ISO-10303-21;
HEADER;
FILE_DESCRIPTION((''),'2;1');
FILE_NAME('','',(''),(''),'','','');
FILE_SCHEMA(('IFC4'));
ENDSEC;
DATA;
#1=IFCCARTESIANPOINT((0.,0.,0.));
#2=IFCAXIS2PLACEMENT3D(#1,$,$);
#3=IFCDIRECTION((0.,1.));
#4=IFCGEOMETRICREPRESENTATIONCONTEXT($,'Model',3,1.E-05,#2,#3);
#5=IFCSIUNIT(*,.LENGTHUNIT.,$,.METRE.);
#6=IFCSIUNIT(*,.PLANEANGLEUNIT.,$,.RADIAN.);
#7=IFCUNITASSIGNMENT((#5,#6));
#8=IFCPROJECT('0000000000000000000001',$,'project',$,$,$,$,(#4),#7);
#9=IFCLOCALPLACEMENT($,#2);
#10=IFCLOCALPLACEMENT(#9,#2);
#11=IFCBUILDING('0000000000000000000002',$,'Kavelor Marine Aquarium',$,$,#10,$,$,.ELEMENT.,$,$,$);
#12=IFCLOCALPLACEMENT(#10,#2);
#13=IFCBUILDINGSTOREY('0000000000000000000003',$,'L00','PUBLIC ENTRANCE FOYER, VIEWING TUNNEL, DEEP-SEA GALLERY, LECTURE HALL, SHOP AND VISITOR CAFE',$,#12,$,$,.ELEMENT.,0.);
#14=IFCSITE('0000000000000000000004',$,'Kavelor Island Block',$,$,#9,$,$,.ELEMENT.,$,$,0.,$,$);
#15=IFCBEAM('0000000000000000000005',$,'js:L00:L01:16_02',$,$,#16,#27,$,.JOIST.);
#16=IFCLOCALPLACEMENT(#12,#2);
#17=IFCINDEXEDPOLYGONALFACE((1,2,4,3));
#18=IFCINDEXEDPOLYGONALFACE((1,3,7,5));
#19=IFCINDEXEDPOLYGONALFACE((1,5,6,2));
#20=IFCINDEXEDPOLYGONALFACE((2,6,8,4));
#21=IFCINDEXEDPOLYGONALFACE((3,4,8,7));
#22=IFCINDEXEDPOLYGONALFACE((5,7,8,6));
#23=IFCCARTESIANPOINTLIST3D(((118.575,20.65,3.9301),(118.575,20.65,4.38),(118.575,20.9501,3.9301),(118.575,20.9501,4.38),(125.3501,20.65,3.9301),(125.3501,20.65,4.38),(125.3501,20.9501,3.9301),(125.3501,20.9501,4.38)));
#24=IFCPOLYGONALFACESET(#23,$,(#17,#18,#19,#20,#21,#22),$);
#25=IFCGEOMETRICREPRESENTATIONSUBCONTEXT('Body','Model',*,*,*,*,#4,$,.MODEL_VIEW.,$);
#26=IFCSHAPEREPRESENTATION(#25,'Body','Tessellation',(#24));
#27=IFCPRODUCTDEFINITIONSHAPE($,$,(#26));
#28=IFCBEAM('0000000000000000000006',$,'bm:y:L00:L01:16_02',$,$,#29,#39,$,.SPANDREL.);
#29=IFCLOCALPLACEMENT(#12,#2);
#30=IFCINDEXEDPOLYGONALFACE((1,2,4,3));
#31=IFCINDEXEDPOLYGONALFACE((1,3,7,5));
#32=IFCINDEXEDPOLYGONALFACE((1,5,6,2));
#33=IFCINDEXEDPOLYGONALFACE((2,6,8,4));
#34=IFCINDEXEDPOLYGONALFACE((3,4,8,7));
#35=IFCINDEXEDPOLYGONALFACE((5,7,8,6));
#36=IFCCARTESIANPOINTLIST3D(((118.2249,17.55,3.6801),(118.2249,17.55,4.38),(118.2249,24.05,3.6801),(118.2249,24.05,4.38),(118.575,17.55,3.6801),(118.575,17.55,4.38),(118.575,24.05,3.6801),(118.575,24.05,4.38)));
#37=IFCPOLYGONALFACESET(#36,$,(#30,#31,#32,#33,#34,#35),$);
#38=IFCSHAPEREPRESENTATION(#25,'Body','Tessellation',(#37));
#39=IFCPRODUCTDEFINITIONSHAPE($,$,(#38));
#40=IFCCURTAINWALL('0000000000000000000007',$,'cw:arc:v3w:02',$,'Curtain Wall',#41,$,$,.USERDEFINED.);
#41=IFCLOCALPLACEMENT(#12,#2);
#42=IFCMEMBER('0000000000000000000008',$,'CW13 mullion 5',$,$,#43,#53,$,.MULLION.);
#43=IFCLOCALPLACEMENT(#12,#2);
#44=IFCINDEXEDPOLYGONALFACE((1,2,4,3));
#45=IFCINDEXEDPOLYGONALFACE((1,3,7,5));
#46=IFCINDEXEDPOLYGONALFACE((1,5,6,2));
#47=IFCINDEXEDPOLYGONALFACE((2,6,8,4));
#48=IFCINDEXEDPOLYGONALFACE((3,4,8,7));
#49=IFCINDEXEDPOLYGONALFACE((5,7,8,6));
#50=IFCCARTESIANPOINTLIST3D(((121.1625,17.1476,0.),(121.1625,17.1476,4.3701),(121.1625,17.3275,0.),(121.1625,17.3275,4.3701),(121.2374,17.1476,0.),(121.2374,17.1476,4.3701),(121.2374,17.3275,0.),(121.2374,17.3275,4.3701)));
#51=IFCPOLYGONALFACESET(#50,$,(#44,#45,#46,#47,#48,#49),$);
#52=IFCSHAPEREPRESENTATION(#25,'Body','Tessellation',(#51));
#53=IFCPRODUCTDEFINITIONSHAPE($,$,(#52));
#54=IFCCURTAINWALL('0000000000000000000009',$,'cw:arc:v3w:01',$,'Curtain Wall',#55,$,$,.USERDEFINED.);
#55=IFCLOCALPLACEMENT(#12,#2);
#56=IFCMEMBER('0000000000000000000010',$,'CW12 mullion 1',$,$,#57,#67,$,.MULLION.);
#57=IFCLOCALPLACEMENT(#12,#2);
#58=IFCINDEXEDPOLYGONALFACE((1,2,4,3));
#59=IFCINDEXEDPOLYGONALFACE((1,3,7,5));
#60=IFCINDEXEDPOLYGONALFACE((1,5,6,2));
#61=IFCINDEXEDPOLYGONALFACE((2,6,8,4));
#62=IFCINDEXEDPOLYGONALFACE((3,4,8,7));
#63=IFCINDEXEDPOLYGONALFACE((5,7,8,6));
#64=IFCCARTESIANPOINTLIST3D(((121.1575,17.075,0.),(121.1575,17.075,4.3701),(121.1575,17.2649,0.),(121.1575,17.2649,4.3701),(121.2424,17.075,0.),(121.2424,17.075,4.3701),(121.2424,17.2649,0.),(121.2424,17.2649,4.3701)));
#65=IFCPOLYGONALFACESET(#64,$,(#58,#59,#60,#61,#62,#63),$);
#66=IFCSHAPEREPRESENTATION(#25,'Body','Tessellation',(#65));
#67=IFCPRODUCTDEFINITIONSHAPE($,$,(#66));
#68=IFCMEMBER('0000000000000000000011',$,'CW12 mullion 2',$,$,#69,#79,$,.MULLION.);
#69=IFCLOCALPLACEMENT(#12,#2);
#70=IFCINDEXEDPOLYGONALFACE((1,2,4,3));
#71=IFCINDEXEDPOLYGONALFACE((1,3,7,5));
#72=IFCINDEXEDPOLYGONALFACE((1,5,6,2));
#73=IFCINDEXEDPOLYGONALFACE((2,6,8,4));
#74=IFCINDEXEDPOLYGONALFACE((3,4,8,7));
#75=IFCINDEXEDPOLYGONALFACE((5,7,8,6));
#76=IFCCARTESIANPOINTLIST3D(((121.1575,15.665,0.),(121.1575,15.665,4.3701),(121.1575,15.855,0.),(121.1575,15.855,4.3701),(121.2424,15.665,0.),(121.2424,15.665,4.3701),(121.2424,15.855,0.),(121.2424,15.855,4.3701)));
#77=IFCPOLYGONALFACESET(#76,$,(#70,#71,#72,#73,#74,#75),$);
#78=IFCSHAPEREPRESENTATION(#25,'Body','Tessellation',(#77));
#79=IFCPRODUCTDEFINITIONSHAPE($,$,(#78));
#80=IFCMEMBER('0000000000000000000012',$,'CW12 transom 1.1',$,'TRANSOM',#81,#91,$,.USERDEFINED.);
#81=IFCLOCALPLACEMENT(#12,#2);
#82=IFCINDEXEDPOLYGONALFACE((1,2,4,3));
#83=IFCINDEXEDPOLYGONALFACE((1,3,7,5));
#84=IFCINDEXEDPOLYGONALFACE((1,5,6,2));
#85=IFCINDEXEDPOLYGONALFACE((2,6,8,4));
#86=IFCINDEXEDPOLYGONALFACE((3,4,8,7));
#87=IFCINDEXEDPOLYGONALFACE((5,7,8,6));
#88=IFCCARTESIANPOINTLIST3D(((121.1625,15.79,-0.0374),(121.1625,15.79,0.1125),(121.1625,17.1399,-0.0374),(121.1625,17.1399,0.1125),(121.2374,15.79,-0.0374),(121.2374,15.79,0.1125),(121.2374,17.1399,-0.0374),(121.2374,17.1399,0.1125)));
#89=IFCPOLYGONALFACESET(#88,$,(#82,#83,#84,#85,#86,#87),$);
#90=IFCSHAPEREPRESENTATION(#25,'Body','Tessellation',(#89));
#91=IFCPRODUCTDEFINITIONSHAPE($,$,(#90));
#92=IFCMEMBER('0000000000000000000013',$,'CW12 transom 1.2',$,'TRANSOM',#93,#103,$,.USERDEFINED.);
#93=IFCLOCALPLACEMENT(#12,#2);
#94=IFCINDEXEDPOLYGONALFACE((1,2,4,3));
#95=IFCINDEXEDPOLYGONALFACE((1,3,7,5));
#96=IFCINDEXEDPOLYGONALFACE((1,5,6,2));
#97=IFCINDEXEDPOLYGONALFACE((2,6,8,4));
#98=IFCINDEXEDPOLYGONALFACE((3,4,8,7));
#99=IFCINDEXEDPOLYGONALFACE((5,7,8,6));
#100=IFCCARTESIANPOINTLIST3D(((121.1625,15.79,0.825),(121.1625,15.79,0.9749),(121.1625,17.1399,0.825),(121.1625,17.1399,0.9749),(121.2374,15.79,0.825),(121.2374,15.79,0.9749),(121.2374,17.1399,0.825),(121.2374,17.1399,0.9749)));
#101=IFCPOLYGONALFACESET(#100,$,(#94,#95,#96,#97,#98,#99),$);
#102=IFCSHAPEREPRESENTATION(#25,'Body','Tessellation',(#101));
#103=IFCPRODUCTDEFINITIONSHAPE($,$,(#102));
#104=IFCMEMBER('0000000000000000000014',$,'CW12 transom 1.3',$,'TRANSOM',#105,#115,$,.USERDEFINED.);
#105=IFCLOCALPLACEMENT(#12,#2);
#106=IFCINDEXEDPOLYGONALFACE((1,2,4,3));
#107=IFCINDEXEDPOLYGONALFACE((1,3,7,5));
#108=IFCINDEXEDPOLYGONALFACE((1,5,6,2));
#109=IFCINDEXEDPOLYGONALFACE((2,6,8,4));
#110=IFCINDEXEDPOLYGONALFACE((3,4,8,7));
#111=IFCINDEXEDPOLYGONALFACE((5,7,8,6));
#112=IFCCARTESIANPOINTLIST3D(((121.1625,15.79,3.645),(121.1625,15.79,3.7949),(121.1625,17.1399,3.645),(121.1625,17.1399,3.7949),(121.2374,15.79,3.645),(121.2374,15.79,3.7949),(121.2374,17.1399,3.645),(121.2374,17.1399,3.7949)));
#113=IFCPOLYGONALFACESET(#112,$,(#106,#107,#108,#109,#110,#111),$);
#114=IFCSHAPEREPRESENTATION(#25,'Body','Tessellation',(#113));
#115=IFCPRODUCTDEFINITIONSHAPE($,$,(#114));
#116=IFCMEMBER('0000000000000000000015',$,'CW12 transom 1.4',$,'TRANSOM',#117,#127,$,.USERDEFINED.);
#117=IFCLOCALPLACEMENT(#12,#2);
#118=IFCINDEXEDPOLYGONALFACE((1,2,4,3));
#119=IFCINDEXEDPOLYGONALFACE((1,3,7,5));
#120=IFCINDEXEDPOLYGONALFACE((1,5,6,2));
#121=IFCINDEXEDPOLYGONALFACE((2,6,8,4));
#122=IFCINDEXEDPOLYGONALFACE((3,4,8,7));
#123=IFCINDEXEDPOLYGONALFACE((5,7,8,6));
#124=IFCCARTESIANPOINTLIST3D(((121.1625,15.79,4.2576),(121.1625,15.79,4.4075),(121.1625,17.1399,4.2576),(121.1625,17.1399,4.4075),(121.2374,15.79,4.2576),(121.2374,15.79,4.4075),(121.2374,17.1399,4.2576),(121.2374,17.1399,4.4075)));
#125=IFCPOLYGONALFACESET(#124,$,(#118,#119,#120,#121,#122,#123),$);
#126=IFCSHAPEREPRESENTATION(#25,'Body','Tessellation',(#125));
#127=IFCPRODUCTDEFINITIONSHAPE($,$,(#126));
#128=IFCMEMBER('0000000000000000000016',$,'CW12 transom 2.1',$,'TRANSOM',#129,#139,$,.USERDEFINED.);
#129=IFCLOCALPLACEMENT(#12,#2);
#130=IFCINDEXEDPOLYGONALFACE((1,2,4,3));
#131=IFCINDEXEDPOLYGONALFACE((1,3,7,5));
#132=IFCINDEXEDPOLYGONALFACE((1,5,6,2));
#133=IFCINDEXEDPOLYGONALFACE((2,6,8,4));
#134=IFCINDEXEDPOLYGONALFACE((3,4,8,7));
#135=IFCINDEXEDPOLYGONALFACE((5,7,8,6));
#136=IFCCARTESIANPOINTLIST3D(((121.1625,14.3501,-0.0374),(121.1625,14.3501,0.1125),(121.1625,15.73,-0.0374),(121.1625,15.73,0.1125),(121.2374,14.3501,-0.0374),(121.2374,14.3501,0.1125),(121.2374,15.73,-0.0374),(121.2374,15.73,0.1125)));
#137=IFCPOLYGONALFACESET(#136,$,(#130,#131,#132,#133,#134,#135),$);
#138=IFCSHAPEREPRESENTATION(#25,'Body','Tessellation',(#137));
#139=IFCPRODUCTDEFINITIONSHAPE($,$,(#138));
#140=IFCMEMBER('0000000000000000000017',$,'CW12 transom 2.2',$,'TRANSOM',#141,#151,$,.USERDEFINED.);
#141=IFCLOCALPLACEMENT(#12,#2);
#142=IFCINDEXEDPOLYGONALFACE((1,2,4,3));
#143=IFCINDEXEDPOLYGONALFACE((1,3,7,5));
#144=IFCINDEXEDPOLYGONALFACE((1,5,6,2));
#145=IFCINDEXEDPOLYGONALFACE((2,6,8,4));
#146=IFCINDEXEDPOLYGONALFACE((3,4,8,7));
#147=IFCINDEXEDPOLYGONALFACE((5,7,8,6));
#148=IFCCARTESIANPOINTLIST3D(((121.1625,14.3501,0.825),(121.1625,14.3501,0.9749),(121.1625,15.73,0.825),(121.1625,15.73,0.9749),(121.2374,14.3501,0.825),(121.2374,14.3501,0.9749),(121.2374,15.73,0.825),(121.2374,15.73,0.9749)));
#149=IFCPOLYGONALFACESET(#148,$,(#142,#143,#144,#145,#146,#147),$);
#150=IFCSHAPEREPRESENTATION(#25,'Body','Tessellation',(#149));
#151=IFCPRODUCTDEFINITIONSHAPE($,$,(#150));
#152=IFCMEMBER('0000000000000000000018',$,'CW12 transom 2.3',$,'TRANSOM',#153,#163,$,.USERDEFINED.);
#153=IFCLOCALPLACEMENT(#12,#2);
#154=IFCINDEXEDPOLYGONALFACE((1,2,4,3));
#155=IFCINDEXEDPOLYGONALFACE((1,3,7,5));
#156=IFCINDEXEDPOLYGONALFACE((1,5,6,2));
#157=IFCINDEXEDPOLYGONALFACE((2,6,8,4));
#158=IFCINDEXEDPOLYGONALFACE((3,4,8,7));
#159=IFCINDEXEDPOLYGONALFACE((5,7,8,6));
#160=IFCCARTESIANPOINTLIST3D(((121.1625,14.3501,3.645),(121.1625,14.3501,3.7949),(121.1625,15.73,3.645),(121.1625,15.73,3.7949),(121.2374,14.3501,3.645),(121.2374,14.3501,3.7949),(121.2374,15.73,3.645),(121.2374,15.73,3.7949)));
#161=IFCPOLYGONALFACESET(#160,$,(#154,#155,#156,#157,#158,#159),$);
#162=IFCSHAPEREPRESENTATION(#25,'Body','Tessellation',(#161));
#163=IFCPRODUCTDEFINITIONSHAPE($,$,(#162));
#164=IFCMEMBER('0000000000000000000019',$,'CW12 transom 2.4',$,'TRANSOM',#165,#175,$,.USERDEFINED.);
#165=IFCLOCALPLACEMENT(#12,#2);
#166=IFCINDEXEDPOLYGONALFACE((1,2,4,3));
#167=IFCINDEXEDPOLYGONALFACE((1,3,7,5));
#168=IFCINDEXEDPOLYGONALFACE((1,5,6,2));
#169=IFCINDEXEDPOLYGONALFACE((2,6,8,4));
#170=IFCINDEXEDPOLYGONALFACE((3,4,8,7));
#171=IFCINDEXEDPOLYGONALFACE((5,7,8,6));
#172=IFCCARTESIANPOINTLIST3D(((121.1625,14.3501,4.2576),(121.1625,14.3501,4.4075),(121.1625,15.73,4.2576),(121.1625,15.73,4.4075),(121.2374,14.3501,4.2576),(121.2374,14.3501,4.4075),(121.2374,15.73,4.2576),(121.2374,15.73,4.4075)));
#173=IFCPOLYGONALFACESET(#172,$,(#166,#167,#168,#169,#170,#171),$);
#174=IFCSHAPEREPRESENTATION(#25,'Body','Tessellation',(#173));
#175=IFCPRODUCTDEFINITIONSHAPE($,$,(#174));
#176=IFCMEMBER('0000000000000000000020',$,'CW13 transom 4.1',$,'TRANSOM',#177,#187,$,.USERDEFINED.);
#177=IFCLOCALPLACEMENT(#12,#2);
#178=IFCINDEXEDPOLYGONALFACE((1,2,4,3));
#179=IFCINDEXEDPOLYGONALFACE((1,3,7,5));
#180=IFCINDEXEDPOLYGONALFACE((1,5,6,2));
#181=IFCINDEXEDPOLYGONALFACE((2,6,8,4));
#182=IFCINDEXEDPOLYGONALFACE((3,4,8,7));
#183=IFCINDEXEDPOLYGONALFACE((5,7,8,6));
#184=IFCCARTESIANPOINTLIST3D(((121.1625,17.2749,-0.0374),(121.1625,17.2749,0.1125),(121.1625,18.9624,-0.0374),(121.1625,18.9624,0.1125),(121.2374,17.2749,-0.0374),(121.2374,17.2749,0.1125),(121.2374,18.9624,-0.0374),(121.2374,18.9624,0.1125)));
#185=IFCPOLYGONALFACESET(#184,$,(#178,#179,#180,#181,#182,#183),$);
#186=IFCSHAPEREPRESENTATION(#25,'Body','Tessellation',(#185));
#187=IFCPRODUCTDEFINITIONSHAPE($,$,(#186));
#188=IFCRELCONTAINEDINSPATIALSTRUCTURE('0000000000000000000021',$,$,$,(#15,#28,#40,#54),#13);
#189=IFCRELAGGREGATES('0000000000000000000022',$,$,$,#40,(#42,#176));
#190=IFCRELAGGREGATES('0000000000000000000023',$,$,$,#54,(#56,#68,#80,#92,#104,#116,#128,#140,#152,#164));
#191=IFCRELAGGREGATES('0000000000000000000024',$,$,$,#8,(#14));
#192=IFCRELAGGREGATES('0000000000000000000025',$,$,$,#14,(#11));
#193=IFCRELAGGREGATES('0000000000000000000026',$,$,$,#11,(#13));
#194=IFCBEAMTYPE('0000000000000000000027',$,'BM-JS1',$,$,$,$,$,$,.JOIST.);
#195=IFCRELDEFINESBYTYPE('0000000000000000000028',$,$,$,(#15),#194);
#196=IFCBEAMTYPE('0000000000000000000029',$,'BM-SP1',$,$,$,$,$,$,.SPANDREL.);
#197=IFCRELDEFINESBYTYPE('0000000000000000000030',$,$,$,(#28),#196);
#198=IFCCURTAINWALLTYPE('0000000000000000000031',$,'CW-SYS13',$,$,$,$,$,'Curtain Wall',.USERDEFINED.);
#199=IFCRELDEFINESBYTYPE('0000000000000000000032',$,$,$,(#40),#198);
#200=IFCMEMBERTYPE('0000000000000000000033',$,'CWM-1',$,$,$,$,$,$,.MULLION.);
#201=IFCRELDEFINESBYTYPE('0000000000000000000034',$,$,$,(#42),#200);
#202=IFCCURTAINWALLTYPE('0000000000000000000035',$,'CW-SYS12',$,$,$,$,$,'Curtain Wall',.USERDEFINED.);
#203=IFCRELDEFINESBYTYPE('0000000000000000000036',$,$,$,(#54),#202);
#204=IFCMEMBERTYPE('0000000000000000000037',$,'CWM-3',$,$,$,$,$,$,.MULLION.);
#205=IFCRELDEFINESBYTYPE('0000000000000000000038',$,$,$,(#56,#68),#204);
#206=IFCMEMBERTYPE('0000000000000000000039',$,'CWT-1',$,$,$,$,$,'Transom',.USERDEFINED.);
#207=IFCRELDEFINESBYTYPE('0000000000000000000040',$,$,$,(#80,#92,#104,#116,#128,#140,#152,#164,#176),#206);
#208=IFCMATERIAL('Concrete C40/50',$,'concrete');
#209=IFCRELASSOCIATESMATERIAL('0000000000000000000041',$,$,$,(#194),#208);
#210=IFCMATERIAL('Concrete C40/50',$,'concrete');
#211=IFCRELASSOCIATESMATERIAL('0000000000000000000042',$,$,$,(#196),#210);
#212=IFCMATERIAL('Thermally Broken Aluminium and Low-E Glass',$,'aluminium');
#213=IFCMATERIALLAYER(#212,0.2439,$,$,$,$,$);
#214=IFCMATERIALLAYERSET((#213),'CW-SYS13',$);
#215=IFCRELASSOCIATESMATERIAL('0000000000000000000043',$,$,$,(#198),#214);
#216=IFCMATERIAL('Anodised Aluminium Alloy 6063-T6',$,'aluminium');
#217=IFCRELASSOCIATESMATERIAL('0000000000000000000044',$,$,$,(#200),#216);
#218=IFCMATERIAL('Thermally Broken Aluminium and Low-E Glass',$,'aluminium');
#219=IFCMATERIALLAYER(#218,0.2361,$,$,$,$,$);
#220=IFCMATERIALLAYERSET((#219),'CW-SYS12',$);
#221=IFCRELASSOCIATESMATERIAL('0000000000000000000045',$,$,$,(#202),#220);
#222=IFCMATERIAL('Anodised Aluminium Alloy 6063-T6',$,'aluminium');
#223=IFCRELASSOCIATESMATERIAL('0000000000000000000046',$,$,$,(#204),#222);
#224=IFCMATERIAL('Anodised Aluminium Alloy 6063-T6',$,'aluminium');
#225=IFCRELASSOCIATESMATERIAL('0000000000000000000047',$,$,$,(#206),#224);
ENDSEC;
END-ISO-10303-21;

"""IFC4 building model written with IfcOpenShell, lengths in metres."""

from ifc_helpers import new_model, si_unit, direction, frame, origin, origin_2d, place, context, subcontext, project, spatial, rectangle, extrude, material, layer, layer_set, material_profile, profile_set, type_object, element, aggregate, save


model = new_model("IFC4")

# Units and contexts
model_context = context("Model", 3, precision=1e-05, world=origin(), true_north=direction((0.0, 1.0)))
body_context = subcontext(model_context, "Body", "Model", "MODEL_VIEW")
ifc_project = project(units=[si_unit("LENGTHUNIT", "METRE"), si_unit("PLANEANGLEUNIT", "RADIAN")], contexts=[model_context])

# Site, building, storey
site_placement = place(None, origin())
site = spatial("IfcSite", under=ifc_project, at=site_placement, Name="Kavelor Island Block", CompositionType="ELEMENT", RefElevation=0.0)
building_placement = place(site_placement, origin())
building = spatial("IfcBuilding", under=site, at=building_placement, Name="Kavelor Marine Aquarium", CompositionType="ELEMENT")
storey_placement = place(building_placement, origin())
storey = spatial("IfcBuildingStorey", under=building, at=storey_placement, Name="L00", Description="PUBLIC ENTRANCE FOYER, VIEWING TUNNEL, DEEP-SEA GALLERY, LECTURE HALL, SHOP AND VISITOR CAFE", CompositionType="ELEMENT", Elevation=0.0)

# Beams
ifc_material_1 = material(Name="Concrete C40/50", Category="concrete")
ifc_material_profile_1 = material_profile(ifc_material_1, rectangle(XDim=0.3, YDim=0.45, at=origin_2d()), Name="RC-JS 300x450")
ifc_profile_set_1 = profile_set([ifc_material_profile_1], Name="Concrete C40/50")
beam_type_1 = type_object("IfcBeamType", Name="BM-JS1", PredefinedType="JOIST", material=ifc_profile_set_1)
beam_1_placement = place(storey_placement, frame((118.575, 20.8, 4.155), z_axis=(1.0, 0.0, 0.0), x_axis=(0.0, 1.0, 0.0)))
element("IfcBeam", 1, at=beam_1_placement, inside=storey, type_object=beam_type_1, Name="js:L00:L01:16_02", PredefinedType="JOIST", context=body_context, shape_type="SweptSolid", body=[
    extrude(rectangle(XDim=0.3, YDim=0.45, at=origin_2d()), origin(), (0.0, 0.0, 1.0), 6.7751),
])
ifc_material_2 = material(Name="Concrete C40/50", Category="concrete")
ifc_material_profile_2 = material_profile(ifc_material_2, rectangle(XDim=0.3501, YDim=0.7, at=origin_2d()), Name="RC-SP 350x700")
ifc_profile_set_2 = profile_set([ifc_material_profile_2], Name="Concrete C40/50")
beam_type_2 = type_object("IfcBeamType", Name="BM-SP1", PredefinedType="SPANDREL", material=ifc_profile_set_2)
beam_2_placement = place(storey_placement, frame((118.3999, 17.55, 4.03), z_axis=(0.0, 1.0, 0.0), x_axis=(-1.0, 0.0, 0.0)))
element("IfcBeam", 2, at=beam_2_placement, inside=storey, type_object=beam_type_2, Name="bm:y:L00:L01:16_02", PredefinedType="SPANDREL", context=body_context, shape_type="SweptSolid", body=[
    extrude(rectangle(XDim=0.3501, YDim=0.7, at=origin_2d()), origin(), (0.0, 0.0, 1.0), 6.5),
])

# Curtain wall, member
ifc_material_3 = material(Name="Thermally Broken Aluminium and Low-E Glass", Category="aluminium")
ifc_layer_1 = layer(ifc_material_3, 0.2439)
ifc_layer_set_1 = layer_set([ifc_layer_1], Name="CW-SYS13")
curtain_wall_type_1 = type_object("IfcCurtainWallType", Name="CW-SYS13", ElementType="Curtain Wall", PredefinedType="USERDEFINED", material=ifc_layer_set_1)
curtain_wall_1_placement = place(storey_placement, origin())
curtain_wall_1 = element("IfcCurtainWall", 3, at=curtain_wall_1_placement, inside=storey, type_object=curtain_wall_type_1, Name="cw:arc:v3w:02", ObjectType="Curtain Wall", PredefinedType="USERDEFINED")
ifc_material_4 = material(Name="Anodised Aluminium Alloy 6063-T6", Category="aluminium")
ifc_material_profile_3 = material_profile(ifc_material_4, rectangle(XDim=0.075, YDim=0.1799, at=origin_2d()), Name="CW-MUL 75x180")
ifc_profile_set_3 = profile_set([ifc_material_profile_3], Name="Anodised Aluminium Alloy 6063-T6")
member_type_1 = type_object("IfcMemberType", Name="CWM-1", PredefinedType="MULLION", material=ifc_profile_set_3)
member_1_placement = place(storey_placement, frame((121.2, 17.2375, 0.0), z_axis=(0.0, 0.0, 1.0), x_axis=(1.0, 0.0, 0.0)))
member_1 = element("IfcMember", 4, at=member_1_placement, type_object=member_type_1, Name="CW13 mullion 5", PredefinedType="MULLION", context=body_context, shape_type="SweptSolid", body=[
    extrude(rectangle(XDim=0.075, YDim=0.1799, at=origin_2d()), origin(), (0.0, 0.0, 1.0), 4.3701),
])

# Curtain wall, members
ifc_material_5 = material(Name="Thermally Broken Aluminium and Low-E Glass", Category="aluminium")
ifc_layer_2 = layer(ifc_material_5, 0.2361)
ifc_layer_set_2 = layer_set([ifc_layer_2], Name="CW-SYS12")
curtain_wall_type_2 = type_object("IfcCurtainWallType", Name="CW-SYS12", ElementType="Curtain Wall", PredefinedType="USERDEFINED", material=ifc_layer_set_2)
curtain_wall_2_placement = place(storey_placement, origin())
curtain_wall_2 = element("IfcCurtainWall", 5, at=curtain_wall_2_placement, inside=storey, type_object=curtain_wall_type_2, Name="cw:arc:v3w:01", ObjectType="Curtain Wall", PredefinedType="USERDEFINED")
ifc_material_6 = material(Name="Anodised Aluminium Alloy 6063-T6", Category="aluminium")
ifc_material_profile_4 = material_profile(ifc_material_6, rectangle(XDim=0.085, YDim=0.1899, at=origin_2d()), Name="CW-MUL 85x190")
ifc_profile_set_4 = profile_set([ifc_material_profile_4], Name="Anodised Aluminium Alloy 6063-T6")
member_type_2 = type_object("IfcMemberType", Name="CWM-3", PredefinedType="MULLION", material=ifc_profile_set_4)
member_2_placement = place(storey_placement, frame((121.2, 17.1699, 0.0), z_axis=(0.0, 0.0, 1.0), x_axis=(1.0, 0.0, 0.0)))
member_2 = element("IfcMember", 6, at=member_2_placement, type_object=member_type_2, Name="CW12 mullion 1", PredefinedType="MULLION", context=body_context, shape_type="SweptSolid", body=[
    extrude(rectangle(XDim=0.085, YDim=0.1899, at=origin_2d()), origin(), (0.0, 0.0, 1.0), 4.3701),
])
member_3_placement = place(storey_placement, frame((121.2, 15.76, 0.0), z_axis=(0.0, 0.0, 1.0), x_axis=(1.0, 0.0, 0.0)))
member_3 = element("IfcMember", 7, at=member_3_placement, type_object=member_type_2, Name="CW12 mullion 2", PredefinedType="MULLION", context=body_context, shape_type="SweptSolid", body=[
    extrude(rectangle(XDim=0.085, YDim=0.1899, at=origin_2d()), origin(), (0.0, 0.0, 1.0), 4.3701),
])
ifc_material_7 = material(Name="Anodised Aluminium Alloy 6063-T6", Category="aluminium")
ifc_material_profile_5 = material_profile(ifc_material_7, rectangle(XDim=0.075, YDim=0.1499, at=origin_2d()), Name="CW-TRN 75x150")
ifc_profile_set_5 = profile_set([ifc_material_profile_5], Name="Anodised Aluminium Alloy 6063-T6")
member_type_3 = type_object("IfcMemberType", Name="CWT-1", ElementType="Transom", PredefinedType="USERDEFINED", material=ifc_profile_set_5)
member_4_placement = place(storey_placement, frame((121.2, 17.1399, 0.0376), z_axis=(0.0, -1.0, 0.0), x_axis=(1.0, 0.0, 0.0)))
member_4 = element("IfcMember", 8, at=member_4_placement, type_object=member_type_3, Name="CW12 transom 1.1", ObjectType="TRANSOM", PredefinedType="USERDEFINED", context=body_context, shape_type="SweptSolid", body=[
    extrude(rectangle(XDim=0.075, YDim=0.1499, at=origin_2d()), origin(), (0.0, 0.0, 1.0), 1.3499),
])
member_5_placement = place(storey_placement, frame((121.2, 17.1399, 0.8999), z_axis=(0.0, -1.0, 0.0), x_axis=(1.0, 0.0, 0.0)))
member_5 = element("IfcMember", 9, at=member_5_placement, type_object=member_type_3, Name="CW12 transom 1.2", ObjectType="TRANSOM", PredefinedType="USERDEFINED", context=body_context, shape_type="SweptSolid", body=[
    extrude(rectangle(XDim=0.075, YDim=0.1499, at=origin_2d()), origin(), (0.0, 0.0, 1.0), 1.3499),
])
member_6_placement = place(storey_placement, frame((121.2, 17.1399, 3.72), z_axis=(0.0, -1.0, 0.0), x_axis=(1.0, 0.0, 0.0)))
member_6 = element("IfcMember", 10, at=member_6_placement, type_object=member_type_3, Name="CW12 transom 1.3", ObjectType="TRANSOM", PredefinedType="USERDEFINED", context=body_context, shape_type="SweptSolid", body=[
    extrude(rectangle(XDim=0.075, YDim=0.1499, at=origin_2d()), origin(), (0.0, 0.0, 1.0), 1.3499),
])
member_7_placement = place(storey_placement, frame((121.2, 17.1399, 4.3325), z_axis=(0.0, -1.0, 0.0), x_axis=(1.0, 0.0, 0.0)))
member_7 = element("IfcMember", 11, at=member_7_placement, type_object=member_type_3, Name="CW12 transom 1.4", ObjectType="TRANSOM", PredefinedType="USERDEFINED", context=body_context, shape_type="SweptSolid", body=[
    extrude(rectangle(XDim=0.075, YDim=0.1499, at=origin_2d()), origin(), (0.0, 0.0, 1.0), 1.3499),
])
member_8_placement = place(storey_placement, frame((121.2, 15.73, 0.0376), z_axis=(0.0, -1.0, 0.0), x_axis=(1.0, 0.0, 0.0)))
member_8 = element("IfcMember", 12, at=member_8_placement, type_object=member_type_3, Name="CW12 transom 2.1", ObjectType="TRANSOM", PredefinedType="USERDEFINED", context=body_context, shape_type="SweptSolid", body=[
    extrude(rectangle(XDim=0.075, YDim=0.1499, at=origin_2d()), origin(), (0.0, 0.0, 1.0), 1.3799),
])
member_9_placement = place(storey_placement, frame((121.2, 15.73, 0.8999), z_axis=(0.0, -1.0, 0.0), x_axis=(1.0, 0.0, 0.0)))
member_9 = element("IfcMember", 13, at=member_9_placement, type_object=member_type_3, Name="CW12 transom 2.2", ObjectType="TRANSOM", PredefinedType="USERDEFINED", context=body_context, shape_type="SweptSolid", body=[
    extrude(rectangle(XDim=0.075, YDim=0.1499, at=origin_2d()), origin(), (0.0, 0.0, 1.0), 1.3799),
])
member_10_placement = place(storey_placement, frame((121.2, 15.73, 3.72), z_axis=(0.0, -1.0, 0.0), x_axis=(1.0, 0.0, 0.0)))
member_10 = element("IfcMember", 14, at=member_10_placement, type_object=member_type_3, Name="CW12 transom 2.3", ObjectType="TRANSOM", PredefinedType="USERDEFINED", context=body_context, shape_type="SweptSolid", body=[
    extrude(rectangle(XDim=0.075, YDim=0.1499, at=origin_2d()), origin(), (0.0, 0.0, 1.0), 1.3799),
])
member_11_placement = place(storey_placement, frame((121.2, 15.73, 4.3325), z_axis=(0.0, -1.0, 0.0), x_axis=(1.0, 0.0, 0.0)))
member_11 = element("IfcMember", 15, at=member_11_placement, type_object=member_type_3, Name="CW12 transom 2.4", ObjectType="TRANSOM", PredefinedType="USERDEFINED", context=body_context, shape_type="SweptSolid", body=[
    extrude(rectangle(XDim=0.075, YDim=0.1499, at=origin_2d()), origin(), (0.0, 0.0, 1.0), 1.3799),
])

# Member
member_12_placement = place(storey_placement, frame((121.2, 18.9624, 0.0376), z_axis=(0.0, -1.0, 0.0), x_axis=(1.0, 0.0, 0.0)))
member_12 = element("IfcMember", 16, at=member_12_placement, type_object=member_type_3, Name="CW13 transom 4.1", ObjectType="TRANSOM", PredefinedType="USERDEFINED", context=body_context, shape_type="SweptSolid", body=[
    extrude(rectangle(XDim=0.075, YDim=0.1499, at=origin_2d()), origin(), (0.0, 0.0, 1.0), 1.6875),
])

aggregate(curtain_wall_1, [member_1, member_12])
aggregate(curtain_wall_2, [member_2, member_3, member_4, member_5, member_6, member_7, member_8, member_9, member_10, member_11])

save(model, "model.ifc")
